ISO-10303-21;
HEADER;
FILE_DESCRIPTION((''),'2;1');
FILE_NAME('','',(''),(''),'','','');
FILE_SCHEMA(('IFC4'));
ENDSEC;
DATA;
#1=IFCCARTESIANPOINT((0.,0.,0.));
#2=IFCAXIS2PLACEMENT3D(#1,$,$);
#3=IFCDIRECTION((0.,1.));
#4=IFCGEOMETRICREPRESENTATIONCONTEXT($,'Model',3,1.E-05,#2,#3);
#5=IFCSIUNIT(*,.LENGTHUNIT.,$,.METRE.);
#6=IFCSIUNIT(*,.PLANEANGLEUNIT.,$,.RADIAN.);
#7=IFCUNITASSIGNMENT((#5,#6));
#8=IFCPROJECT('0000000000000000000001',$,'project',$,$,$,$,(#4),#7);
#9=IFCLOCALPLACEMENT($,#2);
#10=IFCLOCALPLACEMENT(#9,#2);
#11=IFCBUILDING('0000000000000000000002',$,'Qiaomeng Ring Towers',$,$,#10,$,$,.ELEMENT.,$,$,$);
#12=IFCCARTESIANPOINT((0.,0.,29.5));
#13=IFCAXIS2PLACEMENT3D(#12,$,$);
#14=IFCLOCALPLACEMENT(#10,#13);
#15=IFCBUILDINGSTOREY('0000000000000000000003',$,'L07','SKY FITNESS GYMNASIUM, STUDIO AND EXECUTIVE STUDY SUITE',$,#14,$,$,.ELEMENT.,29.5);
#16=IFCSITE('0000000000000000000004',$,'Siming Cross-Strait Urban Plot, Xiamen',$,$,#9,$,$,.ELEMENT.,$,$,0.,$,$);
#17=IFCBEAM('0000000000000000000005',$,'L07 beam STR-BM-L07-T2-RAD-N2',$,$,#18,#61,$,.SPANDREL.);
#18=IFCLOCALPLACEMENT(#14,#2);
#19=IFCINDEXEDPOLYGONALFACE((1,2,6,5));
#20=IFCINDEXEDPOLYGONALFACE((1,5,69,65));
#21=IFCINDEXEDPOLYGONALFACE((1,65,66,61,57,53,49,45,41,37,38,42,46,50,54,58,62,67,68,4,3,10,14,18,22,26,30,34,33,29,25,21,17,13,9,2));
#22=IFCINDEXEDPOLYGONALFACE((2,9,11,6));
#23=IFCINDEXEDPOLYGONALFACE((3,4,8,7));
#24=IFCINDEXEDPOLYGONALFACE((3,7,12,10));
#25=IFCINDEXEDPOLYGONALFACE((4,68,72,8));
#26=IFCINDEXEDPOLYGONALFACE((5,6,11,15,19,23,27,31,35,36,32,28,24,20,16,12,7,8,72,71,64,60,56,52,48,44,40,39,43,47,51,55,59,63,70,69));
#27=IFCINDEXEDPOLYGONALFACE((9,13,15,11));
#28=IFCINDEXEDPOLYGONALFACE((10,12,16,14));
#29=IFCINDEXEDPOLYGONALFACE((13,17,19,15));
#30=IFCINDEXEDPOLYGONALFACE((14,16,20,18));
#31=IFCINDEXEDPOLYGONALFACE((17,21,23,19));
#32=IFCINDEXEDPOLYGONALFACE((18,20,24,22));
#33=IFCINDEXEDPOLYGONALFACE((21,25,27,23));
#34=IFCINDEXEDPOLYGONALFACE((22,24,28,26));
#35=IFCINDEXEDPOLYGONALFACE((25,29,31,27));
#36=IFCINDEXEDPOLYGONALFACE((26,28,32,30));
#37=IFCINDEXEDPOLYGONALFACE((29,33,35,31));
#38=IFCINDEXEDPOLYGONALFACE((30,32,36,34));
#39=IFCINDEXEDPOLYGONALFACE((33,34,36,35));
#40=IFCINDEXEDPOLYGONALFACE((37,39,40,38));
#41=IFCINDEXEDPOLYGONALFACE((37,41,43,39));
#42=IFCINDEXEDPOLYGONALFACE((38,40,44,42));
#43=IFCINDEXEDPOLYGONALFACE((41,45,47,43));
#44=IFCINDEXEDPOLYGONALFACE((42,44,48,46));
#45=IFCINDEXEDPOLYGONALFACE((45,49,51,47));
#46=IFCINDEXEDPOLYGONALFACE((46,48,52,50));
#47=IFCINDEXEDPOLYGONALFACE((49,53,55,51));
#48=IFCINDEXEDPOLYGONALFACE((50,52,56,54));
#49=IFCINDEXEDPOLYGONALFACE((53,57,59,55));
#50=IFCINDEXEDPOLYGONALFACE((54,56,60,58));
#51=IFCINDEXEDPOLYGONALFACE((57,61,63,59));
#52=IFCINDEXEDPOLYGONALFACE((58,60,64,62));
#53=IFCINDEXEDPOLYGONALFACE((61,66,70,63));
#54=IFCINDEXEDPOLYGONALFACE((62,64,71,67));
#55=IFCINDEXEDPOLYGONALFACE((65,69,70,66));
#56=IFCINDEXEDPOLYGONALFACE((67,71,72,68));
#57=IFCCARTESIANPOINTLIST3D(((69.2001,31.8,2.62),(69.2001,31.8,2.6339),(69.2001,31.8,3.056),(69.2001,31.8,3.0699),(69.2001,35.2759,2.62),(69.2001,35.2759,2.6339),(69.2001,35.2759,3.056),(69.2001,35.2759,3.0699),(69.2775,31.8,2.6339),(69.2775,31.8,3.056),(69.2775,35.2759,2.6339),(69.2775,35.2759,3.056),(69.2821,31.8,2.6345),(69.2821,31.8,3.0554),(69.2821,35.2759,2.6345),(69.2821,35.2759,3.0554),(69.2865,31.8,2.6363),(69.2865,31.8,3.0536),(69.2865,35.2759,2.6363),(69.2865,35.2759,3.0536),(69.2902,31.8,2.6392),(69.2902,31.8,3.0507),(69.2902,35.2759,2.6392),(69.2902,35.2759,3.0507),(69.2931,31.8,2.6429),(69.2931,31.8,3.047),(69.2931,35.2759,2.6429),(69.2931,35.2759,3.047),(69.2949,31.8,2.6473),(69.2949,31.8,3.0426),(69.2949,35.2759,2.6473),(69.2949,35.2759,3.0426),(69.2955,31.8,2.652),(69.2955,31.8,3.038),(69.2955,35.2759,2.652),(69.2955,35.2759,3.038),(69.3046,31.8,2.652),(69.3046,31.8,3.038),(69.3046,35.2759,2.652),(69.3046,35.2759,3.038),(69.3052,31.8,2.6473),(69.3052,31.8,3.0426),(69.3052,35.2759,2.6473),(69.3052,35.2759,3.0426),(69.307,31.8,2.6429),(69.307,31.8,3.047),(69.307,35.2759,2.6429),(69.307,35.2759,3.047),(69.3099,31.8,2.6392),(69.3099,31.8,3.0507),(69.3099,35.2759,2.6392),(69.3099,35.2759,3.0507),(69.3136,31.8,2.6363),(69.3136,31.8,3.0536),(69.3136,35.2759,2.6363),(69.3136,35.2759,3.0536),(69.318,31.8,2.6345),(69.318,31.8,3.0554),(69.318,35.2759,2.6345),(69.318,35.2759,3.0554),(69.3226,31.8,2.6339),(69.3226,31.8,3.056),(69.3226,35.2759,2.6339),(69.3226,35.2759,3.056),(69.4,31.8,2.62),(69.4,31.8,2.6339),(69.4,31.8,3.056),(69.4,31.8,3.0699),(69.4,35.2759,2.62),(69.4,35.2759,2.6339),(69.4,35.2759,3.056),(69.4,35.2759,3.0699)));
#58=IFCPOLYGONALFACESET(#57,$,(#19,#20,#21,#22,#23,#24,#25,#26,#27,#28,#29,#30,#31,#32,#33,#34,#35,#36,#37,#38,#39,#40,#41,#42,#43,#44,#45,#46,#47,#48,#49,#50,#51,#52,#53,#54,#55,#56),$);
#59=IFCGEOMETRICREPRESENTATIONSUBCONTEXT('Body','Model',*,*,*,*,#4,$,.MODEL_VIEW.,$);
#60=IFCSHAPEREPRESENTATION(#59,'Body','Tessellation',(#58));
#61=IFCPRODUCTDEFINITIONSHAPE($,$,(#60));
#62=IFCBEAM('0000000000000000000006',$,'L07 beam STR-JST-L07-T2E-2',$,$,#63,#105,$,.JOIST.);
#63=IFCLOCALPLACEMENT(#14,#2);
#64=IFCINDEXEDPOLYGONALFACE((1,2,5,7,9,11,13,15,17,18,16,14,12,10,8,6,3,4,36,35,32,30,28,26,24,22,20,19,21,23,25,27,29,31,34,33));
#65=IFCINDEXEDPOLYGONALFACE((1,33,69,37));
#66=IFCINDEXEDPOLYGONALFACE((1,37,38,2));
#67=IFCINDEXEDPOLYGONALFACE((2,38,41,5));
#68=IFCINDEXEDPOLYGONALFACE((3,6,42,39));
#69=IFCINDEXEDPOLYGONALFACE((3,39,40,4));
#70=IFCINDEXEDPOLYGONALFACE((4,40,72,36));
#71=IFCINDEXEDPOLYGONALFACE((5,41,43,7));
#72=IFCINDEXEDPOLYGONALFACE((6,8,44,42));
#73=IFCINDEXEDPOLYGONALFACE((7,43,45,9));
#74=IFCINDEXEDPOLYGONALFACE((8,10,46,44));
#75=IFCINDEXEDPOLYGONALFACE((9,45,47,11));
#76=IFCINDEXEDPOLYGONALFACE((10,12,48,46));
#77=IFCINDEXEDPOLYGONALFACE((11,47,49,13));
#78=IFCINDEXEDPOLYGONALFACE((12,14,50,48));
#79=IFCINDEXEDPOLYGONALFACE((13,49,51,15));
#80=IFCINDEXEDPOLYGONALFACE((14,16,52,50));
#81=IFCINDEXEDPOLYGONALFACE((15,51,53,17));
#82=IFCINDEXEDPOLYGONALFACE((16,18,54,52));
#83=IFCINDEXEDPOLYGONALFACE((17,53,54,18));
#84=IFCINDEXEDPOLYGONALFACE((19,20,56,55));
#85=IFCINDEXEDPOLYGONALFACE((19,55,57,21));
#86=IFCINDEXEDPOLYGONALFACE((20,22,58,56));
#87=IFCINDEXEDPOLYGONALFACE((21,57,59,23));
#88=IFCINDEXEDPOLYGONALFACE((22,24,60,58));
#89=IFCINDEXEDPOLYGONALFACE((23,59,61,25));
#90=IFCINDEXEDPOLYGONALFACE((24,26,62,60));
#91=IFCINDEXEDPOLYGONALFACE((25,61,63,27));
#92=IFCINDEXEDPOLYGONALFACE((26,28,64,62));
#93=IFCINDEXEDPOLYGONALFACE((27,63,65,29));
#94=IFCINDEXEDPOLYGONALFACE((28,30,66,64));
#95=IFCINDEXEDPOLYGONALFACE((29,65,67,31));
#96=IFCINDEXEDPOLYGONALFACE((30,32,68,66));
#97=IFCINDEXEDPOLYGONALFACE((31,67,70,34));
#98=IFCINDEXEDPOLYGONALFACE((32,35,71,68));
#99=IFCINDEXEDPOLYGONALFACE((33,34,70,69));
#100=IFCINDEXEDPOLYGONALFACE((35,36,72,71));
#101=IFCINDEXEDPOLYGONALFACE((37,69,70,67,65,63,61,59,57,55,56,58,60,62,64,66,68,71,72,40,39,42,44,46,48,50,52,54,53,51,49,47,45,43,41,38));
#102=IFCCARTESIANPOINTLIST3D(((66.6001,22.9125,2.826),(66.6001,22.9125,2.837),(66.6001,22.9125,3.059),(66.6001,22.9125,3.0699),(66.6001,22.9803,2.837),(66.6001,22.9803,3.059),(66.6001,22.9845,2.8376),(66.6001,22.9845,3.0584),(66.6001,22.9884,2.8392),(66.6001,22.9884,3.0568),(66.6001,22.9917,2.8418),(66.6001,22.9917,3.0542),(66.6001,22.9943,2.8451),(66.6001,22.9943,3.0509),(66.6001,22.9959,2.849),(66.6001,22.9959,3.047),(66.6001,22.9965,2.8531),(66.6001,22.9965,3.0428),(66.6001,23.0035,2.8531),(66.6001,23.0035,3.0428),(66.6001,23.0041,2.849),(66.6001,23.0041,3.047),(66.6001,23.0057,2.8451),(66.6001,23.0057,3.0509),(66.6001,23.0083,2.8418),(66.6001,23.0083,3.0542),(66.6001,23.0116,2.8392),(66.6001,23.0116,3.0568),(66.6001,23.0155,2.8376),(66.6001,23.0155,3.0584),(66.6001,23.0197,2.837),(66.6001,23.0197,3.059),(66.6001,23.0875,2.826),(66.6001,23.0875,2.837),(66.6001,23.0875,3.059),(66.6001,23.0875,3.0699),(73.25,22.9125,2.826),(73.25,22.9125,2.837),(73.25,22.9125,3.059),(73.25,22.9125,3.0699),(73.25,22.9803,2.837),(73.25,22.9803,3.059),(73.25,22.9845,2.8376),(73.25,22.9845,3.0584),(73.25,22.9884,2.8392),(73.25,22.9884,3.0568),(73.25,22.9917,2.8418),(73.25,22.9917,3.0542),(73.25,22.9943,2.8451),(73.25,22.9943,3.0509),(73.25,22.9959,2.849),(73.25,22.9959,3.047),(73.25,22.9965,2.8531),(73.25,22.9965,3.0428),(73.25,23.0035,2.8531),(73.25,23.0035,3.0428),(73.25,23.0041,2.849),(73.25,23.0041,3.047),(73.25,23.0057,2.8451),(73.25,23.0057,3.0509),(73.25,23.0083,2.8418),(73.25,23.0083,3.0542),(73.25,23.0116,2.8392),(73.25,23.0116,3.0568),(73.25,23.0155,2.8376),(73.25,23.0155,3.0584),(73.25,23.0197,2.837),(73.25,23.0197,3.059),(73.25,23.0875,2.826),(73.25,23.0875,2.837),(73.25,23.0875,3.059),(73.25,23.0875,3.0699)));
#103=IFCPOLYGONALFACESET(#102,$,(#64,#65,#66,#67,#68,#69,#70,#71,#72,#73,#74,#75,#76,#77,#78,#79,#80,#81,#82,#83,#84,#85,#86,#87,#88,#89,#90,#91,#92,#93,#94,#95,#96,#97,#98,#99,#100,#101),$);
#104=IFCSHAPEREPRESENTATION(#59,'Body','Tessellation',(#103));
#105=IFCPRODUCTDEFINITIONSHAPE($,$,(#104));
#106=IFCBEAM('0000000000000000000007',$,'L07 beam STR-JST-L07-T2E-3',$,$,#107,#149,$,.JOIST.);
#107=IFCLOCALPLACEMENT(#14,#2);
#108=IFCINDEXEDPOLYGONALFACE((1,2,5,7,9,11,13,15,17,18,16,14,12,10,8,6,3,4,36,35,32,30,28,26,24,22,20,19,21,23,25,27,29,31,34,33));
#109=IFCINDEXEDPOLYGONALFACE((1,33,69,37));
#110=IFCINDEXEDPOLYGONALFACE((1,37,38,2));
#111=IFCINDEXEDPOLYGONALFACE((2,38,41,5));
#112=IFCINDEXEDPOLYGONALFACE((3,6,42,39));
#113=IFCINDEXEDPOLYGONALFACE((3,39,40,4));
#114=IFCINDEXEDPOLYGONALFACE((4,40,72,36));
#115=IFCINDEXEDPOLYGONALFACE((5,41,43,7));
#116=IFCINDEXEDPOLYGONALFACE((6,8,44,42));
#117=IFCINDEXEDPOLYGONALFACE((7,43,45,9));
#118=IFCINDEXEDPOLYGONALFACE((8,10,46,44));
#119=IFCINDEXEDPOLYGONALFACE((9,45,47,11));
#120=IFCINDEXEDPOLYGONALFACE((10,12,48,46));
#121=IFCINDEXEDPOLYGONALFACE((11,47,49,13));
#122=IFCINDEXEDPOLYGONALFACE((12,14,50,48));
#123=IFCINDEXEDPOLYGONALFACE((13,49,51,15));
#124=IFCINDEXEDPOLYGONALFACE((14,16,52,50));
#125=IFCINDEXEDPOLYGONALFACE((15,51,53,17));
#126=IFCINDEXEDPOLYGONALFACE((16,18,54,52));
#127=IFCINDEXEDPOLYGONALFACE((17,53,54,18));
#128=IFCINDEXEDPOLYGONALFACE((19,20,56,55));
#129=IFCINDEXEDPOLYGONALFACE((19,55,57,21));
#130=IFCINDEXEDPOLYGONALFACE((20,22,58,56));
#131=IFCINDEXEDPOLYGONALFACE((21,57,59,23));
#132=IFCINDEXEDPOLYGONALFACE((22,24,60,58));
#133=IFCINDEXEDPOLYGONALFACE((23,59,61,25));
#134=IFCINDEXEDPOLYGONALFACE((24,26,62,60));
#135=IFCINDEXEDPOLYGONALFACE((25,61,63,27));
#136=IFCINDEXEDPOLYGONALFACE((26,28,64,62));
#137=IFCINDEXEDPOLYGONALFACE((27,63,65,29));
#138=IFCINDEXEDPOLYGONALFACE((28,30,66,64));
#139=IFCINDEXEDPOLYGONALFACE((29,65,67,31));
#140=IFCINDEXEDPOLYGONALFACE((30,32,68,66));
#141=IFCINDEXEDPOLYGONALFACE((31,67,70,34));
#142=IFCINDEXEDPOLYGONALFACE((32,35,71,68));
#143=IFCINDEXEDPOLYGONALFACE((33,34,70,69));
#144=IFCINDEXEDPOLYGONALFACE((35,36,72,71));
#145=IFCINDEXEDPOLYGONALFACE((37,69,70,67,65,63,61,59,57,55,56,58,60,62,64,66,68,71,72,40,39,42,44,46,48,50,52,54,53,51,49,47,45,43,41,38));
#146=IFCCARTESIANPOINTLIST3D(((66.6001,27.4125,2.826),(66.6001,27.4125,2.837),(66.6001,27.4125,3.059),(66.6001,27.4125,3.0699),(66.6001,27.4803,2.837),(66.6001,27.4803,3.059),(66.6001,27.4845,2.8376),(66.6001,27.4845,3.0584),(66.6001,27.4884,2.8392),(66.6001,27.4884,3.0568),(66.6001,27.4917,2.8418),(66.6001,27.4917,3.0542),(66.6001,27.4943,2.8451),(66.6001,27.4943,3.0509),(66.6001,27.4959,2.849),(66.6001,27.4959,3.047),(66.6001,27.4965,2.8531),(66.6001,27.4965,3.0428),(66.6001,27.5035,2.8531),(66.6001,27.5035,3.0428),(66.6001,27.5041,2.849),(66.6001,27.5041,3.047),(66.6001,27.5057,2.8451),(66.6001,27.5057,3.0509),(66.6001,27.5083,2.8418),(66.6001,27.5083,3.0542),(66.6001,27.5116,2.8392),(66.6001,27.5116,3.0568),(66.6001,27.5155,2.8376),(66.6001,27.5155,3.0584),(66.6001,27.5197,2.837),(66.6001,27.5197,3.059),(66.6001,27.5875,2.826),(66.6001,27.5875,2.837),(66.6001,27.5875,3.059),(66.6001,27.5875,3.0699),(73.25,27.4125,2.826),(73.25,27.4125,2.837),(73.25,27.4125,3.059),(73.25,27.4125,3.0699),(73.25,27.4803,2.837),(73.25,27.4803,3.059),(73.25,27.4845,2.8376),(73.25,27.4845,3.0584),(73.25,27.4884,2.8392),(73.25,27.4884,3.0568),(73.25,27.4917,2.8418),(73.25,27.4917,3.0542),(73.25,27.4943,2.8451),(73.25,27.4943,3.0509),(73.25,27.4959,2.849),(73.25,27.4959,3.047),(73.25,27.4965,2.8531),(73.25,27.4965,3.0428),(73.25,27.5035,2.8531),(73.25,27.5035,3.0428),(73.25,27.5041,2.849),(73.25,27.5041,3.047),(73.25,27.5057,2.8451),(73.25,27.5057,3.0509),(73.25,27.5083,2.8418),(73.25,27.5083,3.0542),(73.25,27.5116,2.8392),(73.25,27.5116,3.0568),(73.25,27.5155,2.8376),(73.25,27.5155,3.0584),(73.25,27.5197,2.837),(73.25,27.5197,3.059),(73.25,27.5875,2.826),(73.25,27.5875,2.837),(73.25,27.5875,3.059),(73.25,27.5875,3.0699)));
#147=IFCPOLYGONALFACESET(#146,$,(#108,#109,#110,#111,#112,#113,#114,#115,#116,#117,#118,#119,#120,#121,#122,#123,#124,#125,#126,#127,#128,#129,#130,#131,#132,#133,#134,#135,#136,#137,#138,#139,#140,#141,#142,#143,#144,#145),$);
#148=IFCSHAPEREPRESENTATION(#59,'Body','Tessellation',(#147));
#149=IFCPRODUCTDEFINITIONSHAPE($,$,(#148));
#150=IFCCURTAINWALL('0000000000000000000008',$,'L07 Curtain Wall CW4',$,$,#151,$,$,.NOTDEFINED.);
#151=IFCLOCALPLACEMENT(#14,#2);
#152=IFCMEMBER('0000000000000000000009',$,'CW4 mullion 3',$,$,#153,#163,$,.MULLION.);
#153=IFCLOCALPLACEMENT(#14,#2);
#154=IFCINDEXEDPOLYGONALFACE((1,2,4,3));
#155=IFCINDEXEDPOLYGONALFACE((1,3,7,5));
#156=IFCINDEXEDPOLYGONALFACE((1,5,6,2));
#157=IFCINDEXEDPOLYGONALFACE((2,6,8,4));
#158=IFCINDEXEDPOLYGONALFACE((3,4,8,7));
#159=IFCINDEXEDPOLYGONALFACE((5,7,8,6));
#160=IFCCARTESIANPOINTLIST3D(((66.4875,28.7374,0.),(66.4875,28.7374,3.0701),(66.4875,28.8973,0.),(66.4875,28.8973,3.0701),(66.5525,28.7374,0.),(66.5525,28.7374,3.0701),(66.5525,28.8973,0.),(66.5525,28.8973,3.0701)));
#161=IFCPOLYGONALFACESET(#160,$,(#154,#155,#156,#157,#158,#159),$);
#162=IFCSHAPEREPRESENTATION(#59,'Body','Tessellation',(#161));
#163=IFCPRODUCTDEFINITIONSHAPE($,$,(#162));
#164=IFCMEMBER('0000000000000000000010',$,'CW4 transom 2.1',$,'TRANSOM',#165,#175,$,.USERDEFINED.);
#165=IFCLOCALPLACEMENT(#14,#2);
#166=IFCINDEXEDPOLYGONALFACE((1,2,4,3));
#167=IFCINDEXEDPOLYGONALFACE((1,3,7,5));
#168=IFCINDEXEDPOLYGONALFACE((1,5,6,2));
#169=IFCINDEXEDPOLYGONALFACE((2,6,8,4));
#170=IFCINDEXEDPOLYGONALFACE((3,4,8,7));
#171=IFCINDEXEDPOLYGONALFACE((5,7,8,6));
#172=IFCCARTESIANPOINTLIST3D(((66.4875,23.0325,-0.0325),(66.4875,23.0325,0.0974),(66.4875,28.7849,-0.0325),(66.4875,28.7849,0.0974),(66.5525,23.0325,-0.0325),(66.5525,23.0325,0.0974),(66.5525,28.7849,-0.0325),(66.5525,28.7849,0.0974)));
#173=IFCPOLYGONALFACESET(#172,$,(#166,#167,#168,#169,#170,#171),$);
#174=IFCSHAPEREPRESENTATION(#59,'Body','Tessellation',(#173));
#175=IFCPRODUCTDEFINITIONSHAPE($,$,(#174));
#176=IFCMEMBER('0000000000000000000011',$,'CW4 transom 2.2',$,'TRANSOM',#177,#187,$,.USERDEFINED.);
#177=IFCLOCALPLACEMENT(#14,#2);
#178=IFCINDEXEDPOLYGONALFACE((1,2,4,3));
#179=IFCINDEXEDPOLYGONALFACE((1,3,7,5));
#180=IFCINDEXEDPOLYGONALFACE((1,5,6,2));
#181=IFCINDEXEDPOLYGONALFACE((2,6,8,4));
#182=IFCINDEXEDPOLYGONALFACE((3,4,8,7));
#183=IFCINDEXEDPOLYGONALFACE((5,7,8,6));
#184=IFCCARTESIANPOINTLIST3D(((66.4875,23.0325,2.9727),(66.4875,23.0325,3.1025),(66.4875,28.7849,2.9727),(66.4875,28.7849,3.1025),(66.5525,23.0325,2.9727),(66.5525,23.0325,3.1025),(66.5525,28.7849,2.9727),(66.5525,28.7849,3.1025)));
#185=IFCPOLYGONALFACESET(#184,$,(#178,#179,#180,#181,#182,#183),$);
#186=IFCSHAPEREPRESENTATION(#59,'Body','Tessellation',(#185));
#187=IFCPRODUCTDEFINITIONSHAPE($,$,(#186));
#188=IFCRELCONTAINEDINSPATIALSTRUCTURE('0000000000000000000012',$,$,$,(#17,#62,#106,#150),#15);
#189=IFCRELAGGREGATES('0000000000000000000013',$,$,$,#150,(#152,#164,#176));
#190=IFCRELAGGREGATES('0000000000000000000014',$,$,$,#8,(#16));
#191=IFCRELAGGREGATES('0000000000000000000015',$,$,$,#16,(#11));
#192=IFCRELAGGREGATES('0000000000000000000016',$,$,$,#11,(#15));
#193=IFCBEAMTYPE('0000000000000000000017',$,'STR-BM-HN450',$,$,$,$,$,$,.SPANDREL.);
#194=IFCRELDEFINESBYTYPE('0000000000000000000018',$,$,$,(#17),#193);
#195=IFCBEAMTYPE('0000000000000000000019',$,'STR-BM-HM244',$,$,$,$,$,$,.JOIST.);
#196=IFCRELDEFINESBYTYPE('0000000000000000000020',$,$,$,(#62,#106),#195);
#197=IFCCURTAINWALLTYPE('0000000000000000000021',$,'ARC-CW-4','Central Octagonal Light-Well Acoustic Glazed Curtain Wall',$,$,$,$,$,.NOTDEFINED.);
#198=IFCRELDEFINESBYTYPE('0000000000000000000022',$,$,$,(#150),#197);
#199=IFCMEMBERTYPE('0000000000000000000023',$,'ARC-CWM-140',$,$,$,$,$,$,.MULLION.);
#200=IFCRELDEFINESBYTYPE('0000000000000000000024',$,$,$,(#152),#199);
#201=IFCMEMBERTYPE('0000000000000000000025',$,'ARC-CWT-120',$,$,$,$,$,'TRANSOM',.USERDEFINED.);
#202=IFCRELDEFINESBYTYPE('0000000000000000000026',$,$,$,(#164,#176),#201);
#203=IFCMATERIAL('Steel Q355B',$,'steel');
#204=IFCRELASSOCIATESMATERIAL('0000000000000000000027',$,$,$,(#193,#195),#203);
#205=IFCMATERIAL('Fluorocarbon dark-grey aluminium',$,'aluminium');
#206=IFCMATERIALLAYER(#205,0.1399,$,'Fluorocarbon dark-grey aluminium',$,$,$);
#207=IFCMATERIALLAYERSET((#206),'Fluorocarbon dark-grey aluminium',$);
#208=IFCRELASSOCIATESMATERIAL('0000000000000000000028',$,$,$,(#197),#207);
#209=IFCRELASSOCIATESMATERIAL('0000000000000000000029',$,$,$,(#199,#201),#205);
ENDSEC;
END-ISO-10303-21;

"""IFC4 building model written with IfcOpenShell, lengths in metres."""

from ifc_helpers import new_model, si_unit, direction, frame, origin, origin_2d, place, context, subcontext, project, spatial, rectangle, i_section, extrude, source, transform, mapped, material, layer, layer_set, material_profile, profile_set, type_object, element, aggregate, save


model = new_model("IFC4")

# Units and contexts
model_context = context("Model", 3, precision=1e-05, world=origin(), true_north=direction((0.0, 1.0)))
body_context = subcontext(model_context, "Body", "Model", "MODEL_VIEW")
ifc_project = project(units=[si_unit("LENGTHUNIT", "METRE"), si_unit("PLANEANGLEUNIT", "RADIAN")], contexts=[model_context])

# Site, building, storey
site_placement = place(None, origin())
site = spatial("IfcSite", under=ifc_project, at=site_placement, Name="Siming Cross-Strait Urban Plot, Xiamen", CompositionType="ELEMENT", RefElevation=0.0)
building_placement = place(site_placement, origin())
building = spatial("IfcBuilding", under=site, at=building_placement, Name="Qiaomeng Ring Towers", CompositionType="ELEMENT")
storey_placement = place(building_placement, frame((0.0, 0.0, 29.5)))
storey = spatial("IfcBuildingStorey", under=building, at=storey_placement, Name="L07", Description="SKY FITNESS GYMNASIUM, STUDIO AND EXECUTIVE STUDY SUITE", CompositionType="ELEMENT", Elevation=29.5)

# Beams
ifc_material_1 = material(Name="Steel Q355B", Category="steel")
ifc_material_profile_1 = material_profile(ifc_material_1, i_section(OverallWidth=0.2, OverallDepth=0.45, WebThickness=0.009, FlangeThickness=0.0139, FilletRadius=0.0181, at=origin_2d()), Name="HN 450x200x9x14")
ifc_profile_set_1 = profile_set([ifc_material_profile_1], Name="Steel Q355B")
beam_type_1 = type_object("IfcBeamType", Name="STR-BM-HN450", PredefinedType="SPANDREL", material=ifc_profile_set_1)
shared_shape_1 = source(origin(), body_context, "Body", "SweptSolid", [
    extrude(i_section(OverallWidth=0.2, OverallDepth=0.45, WebThickness=0.009, FlangeThickness=0.0139, FilletRadius=0.0181, at=origin_2d()), origin(), (0.0, 0.0, 1.0), 3.4758),
])
beam_1_placement = place(storey_placement, frame((69.3, 35.2759, 2.845), z_axis=(0.0, -1.0, 0.0), x_axis=(1.0, 0.0, 0.0)))
element("IfcBeam", 1, at=beam_1_placement, inside=storey, type_object=beam_type_1, Name="L07 beam STR-BM-L07-T2-RAD-N2", PredefinedType="SPANDREL", context=body_context, shape_type="MappedRepresentation", body=[
    mapped(shared_shape_1, transform((0.0, 0.0, 0.0), x_axis=(1.0, 0.0, 0.0), y_axis=(0.0, 1.0, 0.0), z_axis=(0.0, 0.0, 1.0), scale=1.0)),
])
ifc_material_profile_2 = material_profile(ifc_material_1, i_section(OverallWidth=0.175, OverallDepth=0.2439, WebThickness=0.0071, FlangeThickness=0.011, FilletRadius=0.0161, at=origin_2d()), Name="HM 244x175x7x11")
ifc_profile_set_2 = profile_set([ifc_material_profile_2], Name="Steel Q355B")
beam_type_2 = type_object("IfcBeamType", Name="STR-BM-HM244", PredefinedType="JOIST", material=ifc_profile_set_2)
shared_shape_2 = source(origin(), body_context, "Body", "SweptSolid", [
    extrude(i_section(OverallWidth=0.175, OverallDepth=0.2439, WebThickness=0.0071, FlangeThickness=0.011, FilletRadius=0.0161, at=origin_2d()), origin(), (0.0, 0.0, 1.0), 6.6499),
])
for number, where, z_axis, x_axis, name in (
    (2, (66.6001, 23.0, 2.948), (1.0, 0.0, 0.0), (0.0, 1.0, 0.0), "L07 beam STR-JST-L07-T2E-2"),
    (3, (66.6001, 27.5, 2.948), (1.0, 0.0, 0.0), (0.0, 1.0, 0.0), "L07 beam STR-JST-L07-T2E-3"),
):
    element("IfcBeam", number, at=place(storey_placement, frame(where, z_axis=z_axis, x_axis=x_axis)), inside=storey, type_object=beam_type_2, Name=name, PredefinedType="JOIST", context=body_context, shape_type="MappedRepresentation", body=[
        mapped(shared_shape_2, transform((0.0, 0.0, 0.0), x_axis=(1.0, 0.0, 0.0), y_axis=(0.0, 1.0, 0.0), z_axis=(0.0, 0.0, 1.0), scale=1.0)),
    ])

# Curtain wall, members
ifc_material_2 = material(Name="Fluorocarbon dark-grey aluminium", Category="aluminium")
ifc_layer_1 = layer(ifc_material_2, 0.1399, Name="Fluorocarbon dark-grey aluminium")
ifc_layer_set_1 = layer_set([ifc_layer_1], Name="Fluorocarbon dark-grey aluminium")
curtain_wall_type_1 = type_object("IfcCurtainWallType", Name="ARC-CW-4", Description="Central Octagonal Light-Well Acoustic Glazed Curtain Wall", PredefinedType="NOTDEFINED", material=ifc_layer_set_1)
curtain_wall_1_placement = place(storey_placement, origin())
curtain_wall_1 = element("IfcCurtainWall", 4, at=curtain_wall_1_placement, inside=storey, type_object=curtain_wall_type_1, Name="L07 Curtain Wall CW4", PredefinedType="NOTDEFINED")
ifc_material_profile_3 = material_profile(ifc_material_2, rectangle(XDim=0.0649, YDim=0.1599, at=origin_2d()), Name="ALU MULL 65x160")
ifc_profile_set_3 = profile_set([ifc_material_profile_3], Name="Fluorocarbon dark-grey aluminium")
member_type_1 = type_object("IfcMemberType", Name="ARC-CWM-140", PredefinedType="MULLION", material=ifc_profile_set_3)
shared_shape_3 = source(origin(), body_context, "Body", "SweptSolid", [
    extrude(rectangle(XDim=0.0649, YDim=0.1599, at=origin_2d()), origin(), (0.0, 0.0, 1.0), 3.0701),
])
member_1_placement = place(storey_placement, frame((66.52, 28.8174, 0.0), z_axis=(0.0, 0.0, 1.0), x_axis=(-1.0, 0.0, 0.0)))
member_1 = element("IfcMember", 5, at=member_1_placement, type_object=member_type_1, Name="CW4 mullion 3", PredefinedType="MULLION", context=body_context, shape_type="MappedRepresentation", body=[
    mapped(shared_shape_3, transform((0.0, 0.0, 0.0), x_axis=(1.0, 0.0, 0.0), y_axis=(0.0, 1.0, 0.0), z_axis=(0.0, 0.0, 1.0), scale=1.0)),
])
ifc_material_profile_4 = material_profile(ifc_material_2, rectangle(XDim=0.0649, YDim=0.1299, at=origin_2d()), Name="ALU TRAN 65x130")
ifc_profile_set_4 = profile_set([ifc_material_profile_4], Name="Fluorocarbon dark-grey aluminium")
member_type_2 = type_object("IfcMemberType", Name="ARC-CWT-120", ElementType="TRANSOM", PredefinedType="USERDEFINED", material=ifc_profile_set_4)
shared_shape_4 = source(origin(), body_context, "Body", "SweptSolid", [
    extrude(rectangle(XDim=0.0649, YDim=0.1299, at=origin_2d()), origin(), (0.0, 0.0, 1.0), 5.7524),
])
member_2_placement = place(storey_placement, frame((66.52, 23.0325, 0.0325), z_axis=(0.0, 1.0, 0.0), x_axis=(-1.0, 0.0, 0.0)))
member_2 = element("IfcMember", 6, at=member_2_placement, type_object=member_type_2, Name="CW4 transom 2.1", ObjectType="TRANSOM", PredefinedType="USERDEFINED", context=body_context, shape_type="MappedRepresentation", body=[
    mapped(shared_shape_4, transform((0.0, 0.0, 0.0), x_axis=(1.0, 0.0, 0.0), y_axis=(0.0, 1.0, 0.0), z_axis=(0.0, 0.0, 1.0), scale=1.0)),
])
member_3_placement = place(storey_placement, frame((66.52, 23.0325, 3.0376), z_axis=(0.0, 1.0, 0.0), x_axis=(-1.0, 0.0, 0.0)))
member_3 = element("IfcMember", 7, at=member_3_placement, type_object=member_type_2, Name="CW4 transom 2.2", ObjectType="TRANSOM", PredefinedType="USERDEFINED", context=body_context, shape_type="MappedRepresentation", body=[
    mapped(shared_shape_4, transform((0.0, 0.0, 0.0), x_axis=(1.0, 0.0, 0.0), y_axis=(0.0, 1.0, 0.0), z_axis=(0.0, 0.0, 1.0), scale=1.0)),
])

aggregate(curtain_wall_1, [member_1, member_2, member_3])

save(model, "model.ifc")
